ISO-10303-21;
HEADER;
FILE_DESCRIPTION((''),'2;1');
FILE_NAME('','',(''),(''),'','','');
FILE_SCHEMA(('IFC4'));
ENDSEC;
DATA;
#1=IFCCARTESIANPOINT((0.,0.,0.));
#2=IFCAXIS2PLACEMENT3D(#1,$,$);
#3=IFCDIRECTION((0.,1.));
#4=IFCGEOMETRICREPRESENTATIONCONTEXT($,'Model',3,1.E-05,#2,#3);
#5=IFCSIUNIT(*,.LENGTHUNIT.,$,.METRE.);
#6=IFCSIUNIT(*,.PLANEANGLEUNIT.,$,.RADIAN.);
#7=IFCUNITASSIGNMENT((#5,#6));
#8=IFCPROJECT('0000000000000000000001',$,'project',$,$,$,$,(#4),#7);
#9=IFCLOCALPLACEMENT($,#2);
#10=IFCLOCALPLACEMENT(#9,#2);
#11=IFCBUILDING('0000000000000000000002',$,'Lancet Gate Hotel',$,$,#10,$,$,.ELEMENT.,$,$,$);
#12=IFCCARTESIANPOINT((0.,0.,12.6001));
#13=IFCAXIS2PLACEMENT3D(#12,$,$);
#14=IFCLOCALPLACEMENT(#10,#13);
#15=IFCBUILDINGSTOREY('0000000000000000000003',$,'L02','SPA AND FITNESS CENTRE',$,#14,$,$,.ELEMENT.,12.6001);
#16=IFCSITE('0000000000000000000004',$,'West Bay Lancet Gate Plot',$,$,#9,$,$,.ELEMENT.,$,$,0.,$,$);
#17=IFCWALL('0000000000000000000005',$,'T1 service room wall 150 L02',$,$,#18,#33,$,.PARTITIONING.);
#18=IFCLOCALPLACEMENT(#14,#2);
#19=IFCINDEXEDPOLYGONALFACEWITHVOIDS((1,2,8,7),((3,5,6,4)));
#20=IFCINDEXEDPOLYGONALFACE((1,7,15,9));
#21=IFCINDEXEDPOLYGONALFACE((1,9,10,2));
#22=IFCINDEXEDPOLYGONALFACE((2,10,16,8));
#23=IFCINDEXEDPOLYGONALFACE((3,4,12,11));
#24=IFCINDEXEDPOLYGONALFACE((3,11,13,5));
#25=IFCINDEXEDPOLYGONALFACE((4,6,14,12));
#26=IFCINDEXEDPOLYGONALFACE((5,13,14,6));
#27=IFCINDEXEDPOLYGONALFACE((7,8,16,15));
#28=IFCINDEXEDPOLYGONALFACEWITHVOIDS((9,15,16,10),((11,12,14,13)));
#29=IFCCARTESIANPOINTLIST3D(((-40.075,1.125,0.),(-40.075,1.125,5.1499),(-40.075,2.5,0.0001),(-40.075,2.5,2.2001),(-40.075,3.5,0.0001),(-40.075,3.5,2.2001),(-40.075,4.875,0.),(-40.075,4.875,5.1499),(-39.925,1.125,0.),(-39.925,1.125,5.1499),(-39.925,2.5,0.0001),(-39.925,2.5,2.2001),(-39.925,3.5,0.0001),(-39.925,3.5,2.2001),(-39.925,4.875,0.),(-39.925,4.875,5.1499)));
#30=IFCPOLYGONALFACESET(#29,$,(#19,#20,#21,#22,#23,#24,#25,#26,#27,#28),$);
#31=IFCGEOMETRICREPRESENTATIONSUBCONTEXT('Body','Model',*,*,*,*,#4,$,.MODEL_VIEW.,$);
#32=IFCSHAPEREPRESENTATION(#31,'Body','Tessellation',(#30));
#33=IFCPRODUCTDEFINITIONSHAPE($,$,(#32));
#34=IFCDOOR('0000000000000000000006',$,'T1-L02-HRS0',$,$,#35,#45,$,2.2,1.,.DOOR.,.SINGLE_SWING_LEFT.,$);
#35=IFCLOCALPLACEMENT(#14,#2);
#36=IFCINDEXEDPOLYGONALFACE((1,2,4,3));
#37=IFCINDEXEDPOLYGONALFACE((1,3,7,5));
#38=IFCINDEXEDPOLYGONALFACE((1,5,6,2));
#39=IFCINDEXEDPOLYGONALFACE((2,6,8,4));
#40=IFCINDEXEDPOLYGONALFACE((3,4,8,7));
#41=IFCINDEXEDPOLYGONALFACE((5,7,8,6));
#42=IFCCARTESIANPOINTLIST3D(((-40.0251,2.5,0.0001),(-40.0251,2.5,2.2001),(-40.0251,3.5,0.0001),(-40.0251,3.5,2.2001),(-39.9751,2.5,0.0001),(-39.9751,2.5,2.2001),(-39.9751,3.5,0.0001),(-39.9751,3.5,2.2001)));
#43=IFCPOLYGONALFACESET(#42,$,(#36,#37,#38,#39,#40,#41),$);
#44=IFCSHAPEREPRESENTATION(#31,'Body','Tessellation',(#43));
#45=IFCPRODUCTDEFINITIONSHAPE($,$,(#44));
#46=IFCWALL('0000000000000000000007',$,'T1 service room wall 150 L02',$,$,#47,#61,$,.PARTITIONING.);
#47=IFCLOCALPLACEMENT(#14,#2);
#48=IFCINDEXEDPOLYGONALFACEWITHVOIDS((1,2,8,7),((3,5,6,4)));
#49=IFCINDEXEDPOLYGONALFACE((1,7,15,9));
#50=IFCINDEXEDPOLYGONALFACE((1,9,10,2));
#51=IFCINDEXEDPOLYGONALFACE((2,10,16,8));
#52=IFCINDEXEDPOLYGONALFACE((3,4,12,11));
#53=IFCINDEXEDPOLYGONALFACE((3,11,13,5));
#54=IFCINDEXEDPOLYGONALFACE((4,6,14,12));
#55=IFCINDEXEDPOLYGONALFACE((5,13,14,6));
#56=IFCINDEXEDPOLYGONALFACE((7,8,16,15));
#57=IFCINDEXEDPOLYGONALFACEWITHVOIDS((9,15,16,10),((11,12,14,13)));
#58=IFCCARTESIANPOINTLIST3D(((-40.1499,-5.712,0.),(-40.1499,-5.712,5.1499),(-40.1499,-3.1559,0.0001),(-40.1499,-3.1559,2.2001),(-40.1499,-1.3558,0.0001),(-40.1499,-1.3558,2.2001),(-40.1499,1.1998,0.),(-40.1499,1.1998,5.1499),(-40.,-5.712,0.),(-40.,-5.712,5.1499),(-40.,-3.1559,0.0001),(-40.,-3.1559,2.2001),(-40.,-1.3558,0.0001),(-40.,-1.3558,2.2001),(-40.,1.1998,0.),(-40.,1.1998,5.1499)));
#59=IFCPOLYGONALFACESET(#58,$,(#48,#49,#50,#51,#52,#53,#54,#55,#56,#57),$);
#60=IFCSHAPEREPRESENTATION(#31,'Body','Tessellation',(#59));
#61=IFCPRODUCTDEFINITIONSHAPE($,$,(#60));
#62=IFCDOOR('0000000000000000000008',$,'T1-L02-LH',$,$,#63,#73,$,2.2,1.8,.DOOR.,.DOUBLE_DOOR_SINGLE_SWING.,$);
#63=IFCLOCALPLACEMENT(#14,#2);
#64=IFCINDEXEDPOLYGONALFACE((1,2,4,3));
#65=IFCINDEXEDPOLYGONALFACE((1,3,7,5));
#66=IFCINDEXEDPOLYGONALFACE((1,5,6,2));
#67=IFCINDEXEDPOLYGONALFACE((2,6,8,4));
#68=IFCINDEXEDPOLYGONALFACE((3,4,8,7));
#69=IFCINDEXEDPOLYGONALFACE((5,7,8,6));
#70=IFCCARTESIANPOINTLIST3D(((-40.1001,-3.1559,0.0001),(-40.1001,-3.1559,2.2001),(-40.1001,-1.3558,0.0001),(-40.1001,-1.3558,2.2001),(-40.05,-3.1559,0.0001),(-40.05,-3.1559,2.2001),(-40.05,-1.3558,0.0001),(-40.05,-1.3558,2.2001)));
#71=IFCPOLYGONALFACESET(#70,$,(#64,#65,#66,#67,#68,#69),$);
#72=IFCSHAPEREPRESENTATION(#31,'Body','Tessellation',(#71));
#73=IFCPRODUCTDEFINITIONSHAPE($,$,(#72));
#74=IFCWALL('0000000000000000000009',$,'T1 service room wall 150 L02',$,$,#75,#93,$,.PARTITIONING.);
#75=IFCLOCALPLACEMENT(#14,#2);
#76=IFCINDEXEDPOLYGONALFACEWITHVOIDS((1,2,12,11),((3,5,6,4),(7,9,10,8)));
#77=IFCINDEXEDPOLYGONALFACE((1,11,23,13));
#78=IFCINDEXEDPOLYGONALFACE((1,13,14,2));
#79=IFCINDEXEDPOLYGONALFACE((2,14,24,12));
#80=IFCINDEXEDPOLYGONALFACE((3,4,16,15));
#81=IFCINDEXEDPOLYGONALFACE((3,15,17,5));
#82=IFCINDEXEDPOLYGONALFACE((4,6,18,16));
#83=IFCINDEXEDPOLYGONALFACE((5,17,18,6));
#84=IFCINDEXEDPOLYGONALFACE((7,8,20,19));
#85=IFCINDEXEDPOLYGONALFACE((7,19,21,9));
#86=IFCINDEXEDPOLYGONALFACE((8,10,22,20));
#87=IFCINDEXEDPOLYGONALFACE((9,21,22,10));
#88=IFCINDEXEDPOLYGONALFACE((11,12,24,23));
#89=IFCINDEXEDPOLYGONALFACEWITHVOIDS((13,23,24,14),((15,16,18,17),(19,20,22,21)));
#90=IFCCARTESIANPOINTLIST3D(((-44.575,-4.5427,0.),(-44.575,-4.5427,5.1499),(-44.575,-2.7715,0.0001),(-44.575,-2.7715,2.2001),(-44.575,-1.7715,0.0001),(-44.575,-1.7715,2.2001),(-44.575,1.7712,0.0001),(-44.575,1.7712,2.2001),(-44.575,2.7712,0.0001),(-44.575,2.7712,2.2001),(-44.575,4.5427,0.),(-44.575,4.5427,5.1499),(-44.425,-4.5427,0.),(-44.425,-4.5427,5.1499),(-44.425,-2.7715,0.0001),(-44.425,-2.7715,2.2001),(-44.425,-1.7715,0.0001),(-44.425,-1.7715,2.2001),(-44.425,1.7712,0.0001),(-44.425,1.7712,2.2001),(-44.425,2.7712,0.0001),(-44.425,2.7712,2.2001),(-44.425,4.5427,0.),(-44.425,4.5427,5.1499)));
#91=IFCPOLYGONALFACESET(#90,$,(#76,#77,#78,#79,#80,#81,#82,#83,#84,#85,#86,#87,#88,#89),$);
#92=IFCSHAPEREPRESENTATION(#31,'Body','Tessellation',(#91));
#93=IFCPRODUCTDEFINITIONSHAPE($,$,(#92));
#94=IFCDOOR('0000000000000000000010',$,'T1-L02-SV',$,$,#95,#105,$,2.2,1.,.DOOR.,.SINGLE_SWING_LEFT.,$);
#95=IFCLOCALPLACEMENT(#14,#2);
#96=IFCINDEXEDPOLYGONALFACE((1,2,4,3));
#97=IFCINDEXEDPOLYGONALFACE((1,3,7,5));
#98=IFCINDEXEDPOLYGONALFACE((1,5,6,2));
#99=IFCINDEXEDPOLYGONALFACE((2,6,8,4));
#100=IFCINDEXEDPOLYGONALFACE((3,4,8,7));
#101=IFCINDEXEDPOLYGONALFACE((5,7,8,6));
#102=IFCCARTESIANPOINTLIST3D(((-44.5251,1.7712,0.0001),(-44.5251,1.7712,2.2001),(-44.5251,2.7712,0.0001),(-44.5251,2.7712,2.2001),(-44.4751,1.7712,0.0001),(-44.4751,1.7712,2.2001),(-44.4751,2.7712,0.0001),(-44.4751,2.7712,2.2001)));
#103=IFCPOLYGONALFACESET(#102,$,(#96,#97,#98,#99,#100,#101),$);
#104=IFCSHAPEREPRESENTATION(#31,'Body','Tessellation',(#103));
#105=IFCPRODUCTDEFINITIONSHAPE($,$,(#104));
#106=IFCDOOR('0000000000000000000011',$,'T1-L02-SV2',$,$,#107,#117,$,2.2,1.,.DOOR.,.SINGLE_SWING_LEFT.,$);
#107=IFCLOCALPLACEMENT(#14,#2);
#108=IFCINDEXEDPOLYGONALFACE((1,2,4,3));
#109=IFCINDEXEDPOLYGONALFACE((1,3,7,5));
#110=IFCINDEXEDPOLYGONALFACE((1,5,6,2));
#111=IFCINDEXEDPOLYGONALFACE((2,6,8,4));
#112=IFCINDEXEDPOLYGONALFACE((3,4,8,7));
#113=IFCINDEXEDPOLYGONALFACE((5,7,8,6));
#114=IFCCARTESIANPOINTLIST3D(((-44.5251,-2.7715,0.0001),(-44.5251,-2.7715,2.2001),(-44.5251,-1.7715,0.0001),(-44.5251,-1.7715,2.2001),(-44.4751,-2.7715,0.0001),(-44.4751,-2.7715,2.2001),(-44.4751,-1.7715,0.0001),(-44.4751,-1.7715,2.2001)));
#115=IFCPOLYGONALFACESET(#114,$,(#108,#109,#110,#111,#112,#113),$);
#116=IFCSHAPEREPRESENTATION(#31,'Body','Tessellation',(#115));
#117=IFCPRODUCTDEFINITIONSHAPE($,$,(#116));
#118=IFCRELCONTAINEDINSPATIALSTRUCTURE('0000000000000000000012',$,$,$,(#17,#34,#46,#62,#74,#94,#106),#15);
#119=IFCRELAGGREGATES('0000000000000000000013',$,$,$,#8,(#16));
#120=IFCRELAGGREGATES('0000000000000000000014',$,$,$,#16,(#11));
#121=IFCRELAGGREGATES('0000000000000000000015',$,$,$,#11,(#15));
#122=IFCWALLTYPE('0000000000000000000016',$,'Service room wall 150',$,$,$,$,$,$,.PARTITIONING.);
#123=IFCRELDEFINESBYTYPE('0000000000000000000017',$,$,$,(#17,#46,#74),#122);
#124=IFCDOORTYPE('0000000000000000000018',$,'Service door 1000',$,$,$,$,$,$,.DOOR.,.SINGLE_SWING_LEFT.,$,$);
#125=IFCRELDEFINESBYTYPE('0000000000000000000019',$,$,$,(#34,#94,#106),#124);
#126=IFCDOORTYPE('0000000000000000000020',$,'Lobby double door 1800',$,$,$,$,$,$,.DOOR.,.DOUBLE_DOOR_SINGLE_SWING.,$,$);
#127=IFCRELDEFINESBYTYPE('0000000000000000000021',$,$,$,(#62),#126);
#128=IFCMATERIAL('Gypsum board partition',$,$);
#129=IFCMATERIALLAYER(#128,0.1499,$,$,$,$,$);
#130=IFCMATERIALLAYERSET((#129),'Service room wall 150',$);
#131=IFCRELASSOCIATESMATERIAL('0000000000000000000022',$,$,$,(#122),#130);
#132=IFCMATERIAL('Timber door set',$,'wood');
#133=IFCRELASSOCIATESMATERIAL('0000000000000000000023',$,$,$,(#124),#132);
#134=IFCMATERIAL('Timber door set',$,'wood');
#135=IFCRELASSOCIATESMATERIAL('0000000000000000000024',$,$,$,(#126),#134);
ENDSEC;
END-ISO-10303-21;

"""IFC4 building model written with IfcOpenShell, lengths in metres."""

from ifc_helpers import new_model, si_unit, direction, frame, frame_2d, origin, place, context, subcontext, project, spatial, rectangle, extrude, material, layer, layer_set, type_object, element, fill, save


model = new_model("IFC4")

# Units and contexts
model_context = context("Model", 3, precision=1e-05, world=origin(), true_north=direction((0.0, 1.0)))
body_context = subcontext(model_context, "Body", "Model", "MODEL_VIEW")
ifc_project = project(units=[si_unit("LENGTHUNIT", "METRE"), si_unit("PLANEANGLEUNIT", "RADIAN")], contexts=[model_context])

# Site, building, storey
site_placement = place(None, origin())
site = spatial("IfcSite", under=ifc_project, at=site_placement, Name="West Bay Lancet Gate Plot", CompositionType="ELEMENT", RefElevation=0.0)
building_placement = place(site_placement, origin())
building = spatial("IfcBuilding", under=site, at=building_placement, Name="Lancet Gate Hotel", CompositionType="ELEMENT")
storey_placement = place(building_placement, frame((0.0, 0.0, 12.6001)))
storey = spatial("IfcBuildingStorey", under=building, at=storey_placement, Name="L02", Description="SPA AND FITNESS CENTRE", CompositionType="ELEMENT", Elevation=12.6001)

# Shared definitions
ifc_material_1 = material(Name="Gypsum board partition")
ifc_layer_1 = layer(ifc_material_1, 0.1499)
ifc_layer_set_1 = layer_set([ifc_layer_1], Name="Service room wall 150")
wall_type_1 = type_object("IfcWallType", Name="Service room wall 150", PredefinedType="PARTITIONING", material=ifc_layer_set_1)

# Walls, openings, doors
wall_1_placement = place(storey_placement, frame((-40.0, 4.875, 0.0), z_axis=(0.0, 0.0, 1.0), x_axis=(0.0, -1.0, 0.0)))
wall_1 = element("IfcWall", 1, at=wall_1_placement, inside=storey, type_object=wall_type_1, Name="T1 service room wall 150 L02", PredefinedType="PARTITIONING", context=body_context, shape_type="SweptSolid", body=[
    extrude(rectangle(XDim=3.75, YDim=0.1499, at=frame_2d((1.875, 0.0))), origin(), (0.0, 0.0, 1.0), 5.1499),
])
opening_1_placement = place(wall_1_placement, frame((1.375, 0.0, 0.0)))
opening_1 = element("IfcOpeningElement", 2, at=opening_1_placement, cuts=wall_1, PredefinedType="OPENING", context=body_context, shape_type="SweptSolid", body=[
    extrude(rectangle(XDim=1.0, YDim=2.2, at=frame_2d((0.5, 1.1001))), frame((0.0, 0.085, 0.0), z_axis=(0.0, -1.0, 0.0), x_axis=(1.0, 0.0, 0.0)), (0.0, 0.0, 1.0), 0.1699),
])
ifc_material_2 = material(Name="Timber door set", Category="wood")
door_type_1 = type_object("IfcDoorType", Name="Service door 1000", OperationType="SINGLE_SWING_LEFT", PredefinedType="DOOR", material=ifc_material_2)
door_1_placement = place(opening_1_placement, origin())
door_1 = element("IfcDoor", 3, at=door_1_placement, inside=storey, type_object=door_type_1, Name="T1-L02-HRS0", OperationType="SINGLE_SWING_LEFT", OverallHeight=2.2, OverallWidth=1.0, PredefinedType="DOOR", context=body_context, shape_type="SweptSolid", body=[
    extrude(rectangle(XDim=1.0, YDim=2.2, at=frame_2d((0.5, 1.1001))), frame((0.0, 0.0249, 0.0), z_axis=(0.0, -1.0, 0.0), x_axis=(1.0, 0.0, 0.0)), (0.0, 0.0, 1.0), 0.05),
])
fill(opening_1, door_1)
wall_2_placement = place(storey_placement, frame((-40.075, 1.2, 0.0), z_axis=(0.0, 0.0, 1.0), x_axis=(0.0, -1.0, 0.0)))
wall_2 = element("IfcWall", 4, at=wall_2_placement, inside=storey, type_object=wall_type_1, Name="T1 service room wall 150 L02", PredefinedType="PARTITIONING", context=body_context, shape_type="SweptSolid", body=[
    extrude(rectangle(XDim=6.9119, YDim=0.1499, at=frame_2d((3.4561, 0.0))), origin(), (0.0, 0.0, 1.0), 5.1499),
])
opening_2_placement = place(wall_2_placement, frame((2.5559, 0.0, 0.0)))
opening_2 = element("IfcOpeningElement", 5, at=opening_2_placement, cuts=wall_2, PredefinedType="OPENING", context=body_context, shape_type="SweptSolid", body=[
    extrude(rectangle(XDim=1.8, YDim=2.2, at=frame_2d((0.8999, 1.1001))), frame((0.0, 0.085, 0.0), z_axis=(0.0, -1.0, 0.0), x_axis=(1.0, 0.0, 0.0)), (0.0, 0.0, 1.0), 0.1699),
])
ifc_material_3 = material(Name="Timber door set", Category="wood")
door_type_2 = type_object("IfcDoorType", Name="Lobby double door 1800", OperationType="DOUBLE_DOOR_SINGLE_SWING", PredefinedType="DOOR", material=ifc_material_3)
door_2_placement = place(opening_2_placement, origin())
door_2 = element("IfcDoor", 6, at=door_2_placement, inside=storey, type_object=door_type_2, Name="T1-L02-LH", OperationType="DOUBLE_DOOR_SINGLE_SWING", OverallHeight=2.2, OverallWidth=1.8, PredefinedType="DOOR", context=body_context, shape_type="SweptSolid", body=[
    extrude(rectangle(XDim=1.8, YDim=2.2, at=frame_2d((0.8999, 1.1001))), frame((0.0, 0.0249, 0.0), z_axis=(0.0, -1.0, 0.0), x_axis=(1.0, 0.0, 0.0)), (0.0, 0.0, 1.0), 0.05),
])
fill(opening_2, door_2)

# Wall, openings, doors
wall_3_placement = place(storey_placement, frame((-44.5, 4.5427, 0.0), z_axis=(0.0, 0.0, 1.0), x_axis=(0.0, -1.0, 0.0)))
wall_3 = element("IfcWall", 7, at=wall_3_placement, inside=storey, type_object=wall_type_1, Name="T1 service room wall 150 L02", PredefinedType="PARTITIONING", context=body_context, shape_type="SweptSolid", body=[
    extrude(rectangle(XDim=9.0854, YDim=0.1499, at=frame_2d((4.5427, 0.0))), origin(), (0.0, 0.0, 1.0), 5.1499),
])
opening_3_placement = place(wall_3_placement, frame((1.7715, 0.0, 0.0)))
opening_3 = element("IfcOpeningElement", 8, at=opening_3_placement, cuts=wall_3, PredefinedType="OPENING", context=body_context, shape_type="SweptSolid", body=[
    extrude(rectangle(XDim=1.0, YDim=2.2, at=frame_2d((0.5, 1.1001))), frame((0.0, 0.085, 0.0), z_axis=(0.0, -1.0, 0.0), x_axis=(1.0, 0.0, 0.0)), (0.0, 0.0, 1.0), 0.1699),
])
opening_4_placement = place(wall_3_placement, frame((6.3142, 0.0, 0.0)))
opening_4 = element("IfcOpeningElement", 9, at=opening_4_placement, cuts=wall_3, PredefinedType="OPENING", context=body_context, shape_type="SweptSolid", body=[
    extrude(rectangle(XDim=1.0, YDim=2.2, at=frame_2d((0.5, 1.1001))), frame((0.0, 0.085, 0.0), z_axis=(0.0, -1.0, 0.0), x_axis=(1.0, 0.0, 0.0)), (0.0, 0.0, 1.0), 0.1699),
])
door_3_placement = place(opening_3_placement, origin())
door_3 = element("IfcDoor", 10, at=door_3_placement, inside=storey, type_object=door_type_1, Name="T1-L02-SV", OperationType="SINGLE_SWING_LEFT", OverallHeight=2.2, OverallWidth=1.0, PredefinedType="DOOR", context=body_context, shape_type="SweptSolid", body=[
    extrude(rectangle(XDim=1.0, YDim=2.2, at=frame_2d((0.5, 1.1001))), frame((0.0, 0.0249, 0.0), z_axis=(0.0, -1.0, 0.0), x_axis=(1.0, 0.0, 0.0)), (0.0, 0.0, 1.0), 0.05),
])
fill(opening_3, door_3)
door_4_placement = place(opening_4_placement, origin())
door_4 = element("IfcDoor", 11, at=door_4_placement, inside=storey, type_object=door_type_1, Name="T1-L02-SV2", OperationType="SINGLE_SWING_LEFT", OverallHeight=2.2, OverallWidth=1.0, PredefinedType="DOOR", context=body_context, shape_type="SweptSolid", body=[
    extrude(rectangle(XDim=1.0, YDim=2.2, at=frame_2d((0.5, 1.1001))), frame((0.0, 0.0249, 0.0), z_axis=(0.0, -1.0, 0.0), x_axis=(1.0, 0.0, 0.0)), (0.0, 0.0, 1.0), 0.05),
])
fill(opening_4, door_4)

save(model, "model.ifc")
